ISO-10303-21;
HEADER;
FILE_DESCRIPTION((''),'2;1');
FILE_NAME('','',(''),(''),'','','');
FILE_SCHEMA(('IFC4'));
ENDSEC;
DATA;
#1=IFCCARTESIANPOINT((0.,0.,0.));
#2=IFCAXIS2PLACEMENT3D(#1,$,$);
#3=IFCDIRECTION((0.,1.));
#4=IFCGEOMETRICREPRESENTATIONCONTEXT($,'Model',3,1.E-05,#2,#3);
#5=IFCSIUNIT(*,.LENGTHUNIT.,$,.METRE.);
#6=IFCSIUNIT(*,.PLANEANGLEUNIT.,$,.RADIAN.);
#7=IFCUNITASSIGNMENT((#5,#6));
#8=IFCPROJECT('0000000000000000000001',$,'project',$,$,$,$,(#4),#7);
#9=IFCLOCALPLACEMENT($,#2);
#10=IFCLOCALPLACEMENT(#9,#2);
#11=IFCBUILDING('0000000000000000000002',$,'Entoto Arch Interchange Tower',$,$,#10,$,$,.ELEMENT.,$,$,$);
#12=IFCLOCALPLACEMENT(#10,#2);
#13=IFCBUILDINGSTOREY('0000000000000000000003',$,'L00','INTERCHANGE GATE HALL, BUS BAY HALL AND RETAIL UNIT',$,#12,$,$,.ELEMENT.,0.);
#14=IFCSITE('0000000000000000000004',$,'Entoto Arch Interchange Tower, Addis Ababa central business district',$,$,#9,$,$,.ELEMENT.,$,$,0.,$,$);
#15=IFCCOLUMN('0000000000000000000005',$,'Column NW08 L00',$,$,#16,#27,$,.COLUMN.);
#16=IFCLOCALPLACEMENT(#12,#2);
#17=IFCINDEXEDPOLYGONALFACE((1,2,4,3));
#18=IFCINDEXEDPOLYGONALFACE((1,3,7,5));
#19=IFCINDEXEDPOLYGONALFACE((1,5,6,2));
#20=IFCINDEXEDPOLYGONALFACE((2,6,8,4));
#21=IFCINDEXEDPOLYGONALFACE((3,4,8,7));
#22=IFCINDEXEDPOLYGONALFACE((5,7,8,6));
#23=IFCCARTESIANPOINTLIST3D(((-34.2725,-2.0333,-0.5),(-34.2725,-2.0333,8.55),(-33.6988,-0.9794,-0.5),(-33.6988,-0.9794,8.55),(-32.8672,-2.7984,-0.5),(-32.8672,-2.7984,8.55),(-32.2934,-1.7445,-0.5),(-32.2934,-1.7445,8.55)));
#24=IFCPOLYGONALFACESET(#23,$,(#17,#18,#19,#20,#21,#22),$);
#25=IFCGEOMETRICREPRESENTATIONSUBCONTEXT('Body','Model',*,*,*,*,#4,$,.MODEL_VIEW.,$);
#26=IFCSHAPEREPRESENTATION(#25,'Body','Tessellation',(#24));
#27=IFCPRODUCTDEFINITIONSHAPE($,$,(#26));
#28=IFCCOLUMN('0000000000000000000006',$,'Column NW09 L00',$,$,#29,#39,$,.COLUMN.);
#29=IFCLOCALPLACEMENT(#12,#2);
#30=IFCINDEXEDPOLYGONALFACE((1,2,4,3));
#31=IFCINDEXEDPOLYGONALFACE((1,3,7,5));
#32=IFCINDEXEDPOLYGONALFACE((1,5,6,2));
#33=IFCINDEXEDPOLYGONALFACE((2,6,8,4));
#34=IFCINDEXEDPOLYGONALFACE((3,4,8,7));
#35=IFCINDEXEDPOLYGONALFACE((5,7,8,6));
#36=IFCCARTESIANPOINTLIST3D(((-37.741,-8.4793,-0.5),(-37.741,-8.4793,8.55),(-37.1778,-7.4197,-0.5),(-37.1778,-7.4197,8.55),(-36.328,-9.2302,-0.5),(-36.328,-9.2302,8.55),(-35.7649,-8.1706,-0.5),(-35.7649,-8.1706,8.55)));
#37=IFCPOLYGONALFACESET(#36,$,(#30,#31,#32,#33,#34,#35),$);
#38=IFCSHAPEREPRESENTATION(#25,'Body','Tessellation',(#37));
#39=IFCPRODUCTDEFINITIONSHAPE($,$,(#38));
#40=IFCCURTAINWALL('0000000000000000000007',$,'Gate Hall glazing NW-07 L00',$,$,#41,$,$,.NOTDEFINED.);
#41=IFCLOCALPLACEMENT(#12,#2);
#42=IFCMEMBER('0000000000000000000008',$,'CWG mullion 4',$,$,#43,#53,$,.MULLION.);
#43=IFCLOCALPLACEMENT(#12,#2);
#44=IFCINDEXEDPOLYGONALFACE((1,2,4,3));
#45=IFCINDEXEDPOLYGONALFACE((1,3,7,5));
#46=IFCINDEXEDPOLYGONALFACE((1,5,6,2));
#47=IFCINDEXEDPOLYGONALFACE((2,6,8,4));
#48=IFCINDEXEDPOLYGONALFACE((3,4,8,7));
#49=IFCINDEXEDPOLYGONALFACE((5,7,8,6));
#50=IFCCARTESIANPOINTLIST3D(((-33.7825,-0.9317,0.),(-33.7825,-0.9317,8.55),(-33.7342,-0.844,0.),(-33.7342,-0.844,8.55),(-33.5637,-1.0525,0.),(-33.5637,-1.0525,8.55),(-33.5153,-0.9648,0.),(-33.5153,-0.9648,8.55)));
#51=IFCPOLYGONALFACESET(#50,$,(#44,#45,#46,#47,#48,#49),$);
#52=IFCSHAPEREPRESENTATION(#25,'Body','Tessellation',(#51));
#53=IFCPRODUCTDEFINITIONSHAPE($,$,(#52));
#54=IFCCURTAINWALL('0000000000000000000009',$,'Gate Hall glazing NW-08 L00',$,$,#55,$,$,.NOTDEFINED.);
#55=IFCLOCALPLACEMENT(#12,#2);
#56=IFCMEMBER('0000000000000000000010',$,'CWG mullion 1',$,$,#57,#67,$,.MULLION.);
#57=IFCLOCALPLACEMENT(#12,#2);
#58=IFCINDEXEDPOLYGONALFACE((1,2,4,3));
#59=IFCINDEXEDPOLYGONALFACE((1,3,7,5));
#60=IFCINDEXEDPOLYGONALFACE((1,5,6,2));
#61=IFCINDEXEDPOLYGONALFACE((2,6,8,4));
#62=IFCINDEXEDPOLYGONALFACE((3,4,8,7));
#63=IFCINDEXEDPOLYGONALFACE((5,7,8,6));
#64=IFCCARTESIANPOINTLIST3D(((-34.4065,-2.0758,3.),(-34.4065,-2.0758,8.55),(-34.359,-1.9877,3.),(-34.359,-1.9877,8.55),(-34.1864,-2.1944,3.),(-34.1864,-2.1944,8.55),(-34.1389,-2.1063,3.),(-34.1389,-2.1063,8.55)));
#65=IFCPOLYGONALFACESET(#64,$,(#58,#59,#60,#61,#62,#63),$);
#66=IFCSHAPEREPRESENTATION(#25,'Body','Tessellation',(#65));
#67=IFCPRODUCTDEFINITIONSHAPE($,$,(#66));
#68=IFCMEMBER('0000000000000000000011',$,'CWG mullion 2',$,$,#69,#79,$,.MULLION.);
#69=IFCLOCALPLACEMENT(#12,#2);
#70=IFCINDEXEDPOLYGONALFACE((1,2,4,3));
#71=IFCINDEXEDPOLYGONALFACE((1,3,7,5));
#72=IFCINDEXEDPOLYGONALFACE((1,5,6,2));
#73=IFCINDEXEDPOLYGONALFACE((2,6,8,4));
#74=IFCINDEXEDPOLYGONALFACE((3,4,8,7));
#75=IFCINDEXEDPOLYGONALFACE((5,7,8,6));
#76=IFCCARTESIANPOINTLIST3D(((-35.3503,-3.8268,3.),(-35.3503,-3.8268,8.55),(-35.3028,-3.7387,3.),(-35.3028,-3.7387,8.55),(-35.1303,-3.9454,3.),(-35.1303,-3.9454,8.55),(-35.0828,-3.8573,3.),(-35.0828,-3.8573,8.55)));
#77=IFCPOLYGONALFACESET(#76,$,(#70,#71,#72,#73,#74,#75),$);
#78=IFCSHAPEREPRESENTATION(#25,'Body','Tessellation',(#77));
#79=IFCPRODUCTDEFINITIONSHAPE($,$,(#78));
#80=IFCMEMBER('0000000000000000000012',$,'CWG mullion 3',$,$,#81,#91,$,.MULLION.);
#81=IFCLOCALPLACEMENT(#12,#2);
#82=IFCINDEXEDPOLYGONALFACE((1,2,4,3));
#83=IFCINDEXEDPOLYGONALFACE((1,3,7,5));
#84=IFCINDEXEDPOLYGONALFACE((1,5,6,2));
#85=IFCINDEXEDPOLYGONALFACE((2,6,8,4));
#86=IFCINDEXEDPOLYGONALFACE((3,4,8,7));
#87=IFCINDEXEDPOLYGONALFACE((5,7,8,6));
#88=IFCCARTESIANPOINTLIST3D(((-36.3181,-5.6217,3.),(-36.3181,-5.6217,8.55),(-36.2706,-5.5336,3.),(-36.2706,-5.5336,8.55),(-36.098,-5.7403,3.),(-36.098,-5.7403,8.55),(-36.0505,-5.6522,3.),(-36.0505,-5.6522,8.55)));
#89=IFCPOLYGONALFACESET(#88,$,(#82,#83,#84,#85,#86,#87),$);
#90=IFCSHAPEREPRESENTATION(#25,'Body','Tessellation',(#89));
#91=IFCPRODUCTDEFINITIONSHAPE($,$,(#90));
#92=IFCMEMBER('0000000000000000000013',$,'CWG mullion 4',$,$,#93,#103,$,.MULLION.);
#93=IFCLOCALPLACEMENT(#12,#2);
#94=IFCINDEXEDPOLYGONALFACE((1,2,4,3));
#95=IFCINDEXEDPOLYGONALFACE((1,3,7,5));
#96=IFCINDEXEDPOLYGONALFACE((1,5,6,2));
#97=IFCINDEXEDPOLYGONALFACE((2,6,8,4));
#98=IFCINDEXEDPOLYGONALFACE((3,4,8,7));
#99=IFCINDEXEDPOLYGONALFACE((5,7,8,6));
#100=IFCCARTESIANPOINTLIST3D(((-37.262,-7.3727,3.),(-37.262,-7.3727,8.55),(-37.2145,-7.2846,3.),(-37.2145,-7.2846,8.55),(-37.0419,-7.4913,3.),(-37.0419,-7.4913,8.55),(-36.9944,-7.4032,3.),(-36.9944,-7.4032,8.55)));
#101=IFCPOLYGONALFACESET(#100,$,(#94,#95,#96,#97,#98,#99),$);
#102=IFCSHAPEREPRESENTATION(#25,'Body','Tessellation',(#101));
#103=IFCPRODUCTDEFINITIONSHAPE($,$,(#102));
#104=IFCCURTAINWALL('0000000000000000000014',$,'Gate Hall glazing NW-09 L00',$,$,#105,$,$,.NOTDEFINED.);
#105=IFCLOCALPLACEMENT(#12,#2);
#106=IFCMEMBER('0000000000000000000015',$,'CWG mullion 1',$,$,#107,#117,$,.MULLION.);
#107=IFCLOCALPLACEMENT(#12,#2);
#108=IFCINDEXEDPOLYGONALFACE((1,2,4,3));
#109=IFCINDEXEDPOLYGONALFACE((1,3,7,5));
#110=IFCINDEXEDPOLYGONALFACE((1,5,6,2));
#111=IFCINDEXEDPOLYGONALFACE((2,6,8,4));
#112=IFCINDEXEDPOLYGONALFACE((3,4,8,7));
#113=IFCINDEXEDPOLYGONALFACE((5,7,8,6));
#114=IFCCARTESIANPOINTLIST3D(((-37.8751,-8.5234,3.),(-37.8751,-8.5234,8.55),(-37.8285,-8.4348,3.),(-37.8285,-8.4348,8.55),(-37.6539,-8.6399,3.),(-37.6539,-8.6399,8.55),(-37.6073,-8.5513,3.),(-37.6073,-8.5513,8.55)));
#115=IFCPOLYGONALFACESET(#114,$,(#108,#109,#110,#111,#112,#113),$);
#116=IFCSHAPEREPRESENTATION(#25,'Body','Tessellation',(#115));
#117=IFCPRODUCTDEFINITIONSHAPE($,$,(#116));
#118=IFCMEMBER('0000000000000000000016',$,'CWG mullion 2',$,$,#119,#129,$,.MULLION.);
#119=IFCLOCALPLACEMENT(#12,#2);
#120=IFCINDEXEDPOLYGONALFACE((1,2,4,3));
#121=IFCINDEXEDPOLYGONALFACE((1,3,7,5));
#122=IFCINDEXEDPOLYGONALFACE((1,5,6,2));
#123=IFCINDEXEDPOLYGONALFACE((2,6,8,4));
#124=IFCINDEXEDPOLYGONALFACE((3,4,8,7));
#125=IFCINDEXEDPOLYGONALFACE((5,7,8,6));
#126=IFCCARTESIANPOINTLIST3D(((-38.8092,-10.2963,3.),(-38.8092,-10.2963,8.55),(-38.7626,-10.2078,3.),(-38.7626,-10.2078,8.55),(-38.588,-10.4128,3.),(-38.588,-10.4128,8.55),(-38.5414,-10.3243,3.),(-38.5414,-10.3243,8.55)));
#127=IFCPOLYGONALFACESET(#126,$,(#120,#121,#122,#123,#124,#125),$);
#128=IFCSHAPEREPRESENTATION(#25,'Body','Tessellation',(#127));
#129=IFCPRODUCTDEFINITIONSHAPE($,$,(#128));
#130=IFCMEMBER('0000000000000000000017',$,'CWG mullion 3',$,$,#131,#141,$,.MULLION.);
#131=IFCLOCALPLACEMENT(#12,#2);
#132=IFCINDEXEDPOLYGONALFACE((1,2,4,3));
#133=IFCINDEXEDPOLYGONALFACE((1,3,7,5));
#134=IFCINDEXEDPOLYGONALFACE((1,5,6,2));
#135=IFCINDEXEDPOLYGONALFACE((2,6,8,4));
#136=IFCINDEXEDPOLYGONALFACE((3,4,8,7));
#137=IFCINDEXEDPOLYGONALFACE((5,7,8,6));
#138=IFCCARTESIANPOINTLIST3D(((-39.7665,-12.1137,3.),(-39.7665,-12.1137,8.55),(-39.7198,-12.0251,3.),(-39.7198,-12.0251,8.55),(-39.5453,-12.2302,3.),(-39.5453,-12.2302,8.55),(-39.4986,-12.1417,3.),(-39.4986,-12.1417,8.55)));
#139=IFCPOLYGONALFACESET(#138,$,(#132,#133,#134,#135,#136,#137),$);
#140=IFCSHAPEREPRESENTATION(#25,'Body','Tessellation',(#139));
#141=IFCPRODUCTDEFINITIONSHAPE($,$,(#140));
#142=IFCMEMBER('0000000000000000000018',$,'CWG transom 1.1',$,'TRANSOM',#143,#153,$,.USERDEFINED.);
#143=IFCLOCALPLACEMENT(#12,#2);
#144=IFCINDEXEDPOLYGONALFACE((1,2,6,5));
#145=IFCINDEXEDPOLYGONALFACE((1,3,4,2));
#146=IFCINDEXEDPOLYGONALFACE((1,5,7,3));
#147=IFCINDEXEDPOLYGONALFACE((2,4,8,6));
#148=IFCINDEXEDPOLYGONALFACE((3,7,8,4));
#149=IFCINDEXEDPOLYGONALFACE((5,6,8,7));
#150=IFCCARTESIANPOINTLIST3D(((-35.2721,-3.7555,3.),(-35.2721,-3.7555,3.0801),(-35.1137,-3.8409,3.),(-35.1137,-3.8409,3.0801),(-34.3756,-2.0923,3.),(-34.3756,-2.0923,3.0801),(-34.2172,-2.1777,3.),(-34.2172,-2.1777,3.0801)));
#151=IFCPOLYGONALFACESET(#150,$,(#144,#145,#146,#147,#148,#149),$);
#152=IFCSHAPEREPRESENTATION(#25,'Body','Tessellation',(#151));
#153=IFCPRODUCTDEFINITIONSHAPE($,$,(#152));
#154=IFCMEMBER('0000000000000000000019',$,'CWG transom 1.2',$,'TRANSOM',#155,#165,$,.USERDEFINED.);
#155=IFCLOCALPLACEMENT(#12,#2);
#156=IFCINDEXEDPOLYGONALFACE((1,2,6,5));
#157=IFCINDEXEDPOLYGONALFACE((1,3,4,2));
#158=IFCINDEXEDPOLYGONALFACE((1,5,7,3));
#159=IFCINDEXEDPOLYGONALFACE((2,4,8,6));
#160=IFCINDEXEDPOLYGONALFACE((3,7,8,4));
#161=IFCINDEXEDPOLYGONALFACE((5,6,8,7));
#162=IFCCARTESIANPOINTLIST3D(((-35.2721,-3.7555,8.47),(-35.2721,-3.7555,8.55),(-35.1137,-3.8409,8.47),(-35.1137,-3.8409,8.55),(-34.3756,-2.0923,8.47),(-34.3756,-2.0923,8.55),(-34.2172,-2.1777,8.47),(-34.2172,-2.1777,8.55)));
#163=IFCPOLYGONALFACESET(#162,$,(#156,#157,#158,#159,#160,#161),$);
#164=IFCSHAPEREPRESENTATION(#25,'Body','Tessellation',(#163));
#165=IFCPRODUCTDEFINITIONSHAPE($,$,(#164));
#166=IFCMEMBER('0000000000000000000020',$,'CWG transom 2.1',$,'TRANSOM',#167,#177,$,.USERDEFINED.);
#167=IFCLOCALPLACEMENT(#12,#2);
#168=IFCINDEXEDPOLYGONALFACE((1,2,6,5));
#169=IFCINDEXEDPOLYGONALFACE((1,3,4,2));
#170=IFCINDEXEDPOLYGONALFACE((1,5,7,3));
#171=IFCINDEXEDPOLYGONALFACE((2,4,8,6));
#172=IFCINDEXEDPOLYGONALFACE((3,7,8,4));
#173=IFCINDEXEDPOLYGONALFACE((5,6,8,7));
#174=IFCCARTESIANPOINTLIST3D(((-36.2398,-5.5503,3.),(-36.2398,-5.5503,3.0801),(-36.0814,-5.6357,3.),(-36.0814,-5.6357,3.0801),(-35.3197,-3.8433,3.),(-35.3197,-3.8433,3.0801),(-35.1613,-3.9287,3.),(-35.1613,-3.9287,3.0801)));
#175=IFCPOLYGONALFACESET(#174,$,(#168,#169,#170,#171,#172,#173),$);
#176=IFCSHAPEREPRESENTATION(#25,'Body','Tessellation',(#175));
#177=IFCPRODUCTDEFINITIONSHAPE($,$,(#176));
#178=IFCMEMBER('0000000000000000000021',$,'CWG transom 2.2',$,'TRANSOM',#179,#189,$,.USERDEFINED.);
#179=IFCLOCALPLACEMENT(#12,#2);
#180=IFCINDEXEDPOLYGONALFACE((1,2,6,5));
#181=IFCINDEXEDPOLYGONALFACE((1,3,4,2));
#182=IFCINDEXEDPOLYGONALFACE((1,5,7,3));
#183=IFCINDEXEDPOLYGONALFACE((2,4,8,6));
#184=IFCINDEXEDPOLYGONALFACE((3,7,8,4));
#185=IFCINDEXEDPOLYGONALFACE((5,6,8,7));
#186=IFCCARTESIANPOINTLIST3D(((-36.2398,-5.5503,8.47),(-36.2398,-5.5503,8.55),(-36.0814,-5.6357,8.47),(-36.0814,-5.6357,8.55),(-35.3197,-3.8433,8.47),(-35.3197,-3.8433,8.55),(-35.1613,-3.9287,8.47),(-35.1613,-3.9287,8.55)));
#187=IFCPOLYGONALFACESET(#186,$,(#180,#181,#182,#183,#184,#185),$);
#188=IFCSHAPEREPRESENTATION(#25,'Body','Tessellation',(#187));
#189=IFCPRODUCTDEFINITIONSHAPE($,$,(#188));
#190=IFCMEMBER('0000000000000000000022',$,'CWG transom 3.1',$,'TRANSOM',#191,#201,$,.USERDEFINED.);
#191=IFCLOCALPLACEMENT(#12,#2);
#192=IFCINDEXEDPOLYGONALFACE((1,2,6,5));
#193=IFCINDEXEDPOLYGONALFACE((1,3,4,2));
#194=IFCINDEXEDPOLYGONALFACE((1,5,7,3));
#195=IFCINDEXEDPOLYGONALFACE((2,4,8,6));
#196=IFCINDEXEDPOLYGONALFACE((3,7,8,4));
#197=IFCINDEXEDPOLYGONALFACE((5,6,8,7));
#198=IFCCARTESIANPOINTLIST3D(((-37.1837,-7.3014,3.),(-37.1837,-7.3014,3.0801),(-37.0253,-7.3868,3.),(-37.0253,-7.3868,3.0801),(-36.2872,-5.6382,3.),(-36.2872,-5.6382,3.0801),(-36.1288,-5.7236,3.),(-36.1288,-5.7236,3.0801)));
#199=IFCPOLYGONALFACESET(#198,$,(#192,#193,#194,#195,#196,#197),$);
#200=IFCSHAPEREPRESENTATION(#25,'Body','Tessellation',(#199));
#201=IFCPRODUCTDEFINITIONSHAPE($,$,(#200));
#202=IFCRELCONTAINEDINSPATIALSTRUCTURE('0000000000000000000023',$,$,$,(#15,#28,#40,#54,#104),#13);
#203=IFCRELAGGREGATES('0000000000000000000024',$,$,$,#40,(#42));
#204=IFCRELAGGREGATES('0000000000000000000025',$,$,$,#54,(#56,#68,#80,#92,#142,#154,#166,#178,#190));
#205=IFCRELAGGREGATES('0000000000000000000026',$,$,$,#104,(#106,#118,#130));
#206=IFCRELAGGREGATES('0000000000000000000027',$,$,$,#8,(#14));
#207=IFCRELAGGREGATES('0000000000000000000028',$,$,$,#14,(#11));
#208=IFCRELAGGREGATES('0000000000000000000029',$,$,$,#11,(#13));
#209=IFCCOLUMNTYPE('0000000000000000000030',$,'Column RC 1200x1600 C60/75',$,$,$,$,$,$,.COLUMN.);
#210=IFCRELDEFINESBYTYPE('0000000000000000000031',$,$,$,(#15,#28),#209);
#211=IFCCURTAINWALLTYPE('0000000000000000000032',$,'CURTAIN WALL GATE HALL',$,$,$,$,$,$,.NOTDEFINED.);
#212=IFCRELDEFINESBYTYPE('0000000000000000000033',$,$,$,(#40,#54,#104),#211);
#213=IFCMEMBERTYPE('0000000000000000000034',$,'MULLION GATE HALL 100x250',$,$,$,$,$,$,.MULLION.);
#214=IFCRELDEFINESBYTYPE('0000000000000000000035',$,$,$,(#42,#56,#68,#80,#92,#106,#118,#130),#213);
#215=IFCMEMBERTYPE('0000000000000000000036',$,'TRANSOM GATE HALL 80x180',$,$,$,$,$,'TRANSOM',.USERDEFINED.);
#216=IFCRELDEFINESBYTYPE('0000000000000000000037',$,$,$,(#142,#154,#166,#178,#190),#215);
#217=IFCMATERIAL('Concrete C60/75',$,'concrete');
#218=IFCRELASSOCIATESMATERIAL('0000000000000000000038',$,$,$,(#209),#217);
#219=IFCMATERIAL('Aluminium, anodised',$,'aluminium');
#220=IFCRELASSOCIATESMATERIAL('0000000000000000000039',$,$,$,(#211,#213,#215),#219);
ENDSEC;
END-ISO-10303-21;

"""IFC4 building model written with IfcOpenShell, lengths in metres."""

from ifc_helpers import new_model, si_unit, direction, frame, origin, origin_2d, place, context, subcontext, project, spatial, rectangle, extrude, material, material_profile, profile_set, type_object, element, aggregate, save


model = new_model("IFC4")

# Units and contexts
model_context = context("Model", 3, precision=1e-05, world=origin(), true_north=direction((0.0, 1.0)))
body_context = subcontext(model_context, "Body", "Model", "MODEL_VIEW")
ifc_project = project(units=[si_unit("LENGTHUNIT", "METRE"), si_unit("PLANEANGLEUNIT", "RADIAN")], contexts=[model_context])

# Site, building, storey
site_placement = place(None, origin())
site = spatial("IfcSite", under=ifc_project, at=site_placement, Name="Entoto Arch Interchange Tower, Addis Ababa central business district", CompositionType="ELEMENT", RefElevation=0.0)
building_placement = place(site_placement, origin())
building = spatial("IfcBuilding", under=site, at=building_placement, Name="Entoto Arch Interchange Tower", CompositionType="ELEMENT")
storey_placement = place(building_placement, origin())
storey = spatial("IfcBuildingStorey", under=building, at=storey_placement, Name="L00", Description="INTERCHANGE GATE HALL, BUS BAY HALL AND RETAIL UNIT", CompositionType="ELEMENT", Elevation=0.0)

# Columns
ifc_material_1 = material(Name="Concrete C60/75", Category="concrete")
ifc_material_profile_1 = material_profile(ifc_material_1, rectangle(XDim=1.2, YDim=1.6001, at=origin_2d()))
ifc_profile_set_1 = profile_set([ifc_material_profile_1], Name="Concrete C60/75")
column_type = type_object("IfcColumnType", Name="Column RC 1200x1600 C60/75", PredefinedType="COLUMN", material=ifc_profile_set_1)
for number, where, z_axis, x_axis, name in (
    (1, (-33.283, -1.8889, -0.5), (0.0, 0.0, 1.0), (0.47814, 0.878284, 0.0), "Column NW08 L00"),
    (2, (-36.7529, -8.325, -0.5), (0.0, 0.0, 1.0), (0.469317, 0.88303, 0.0), "Column NW09 L00"),
):
    element("IfcColumn", number, at=place(storey_placement, frame(where, z_axis=z_axis, x_axis=x_axis)), inside=storey, type_object=column_type, Name=name, PredefinedType="COLUMN", context=body_context, shape_type="SweptSolid", body=[
        extrude(rectangle(XDim=1.2, YDim=1.6001, at=origin_2d()), origin(), (0.0, 0.0, 1.0), 9.05),
    ])

# Curtain wall, member
ifc_material_2 = material(Name="Aluminium, anodised", Category="aluminium")
curtain_wall_type = type_object("IfcCurtainWallType", Name="CURTAIN WALL GATE HALL", PredefinedType="NOTDEFINED", material=ifc_material_2)
curtain_wall_1_placement = place(storey_placement, origin())
curtain_wall_1 = element("IfcCurtainWall", 3, at=curtain_wall_1_placement, inside=storey, type_object=curtain_wall_type, Name="Gate Hall glazing NW-07 L00", PredefinedType="NOTDEFINED")
ifc_material_profile_2 = material_profile(ifc_material_2, rectangle(XDim=0.25, YDim=0.1001, at=origin_2d()))
ifc_profile_set_2 = profile_set([ifc_material_profile_2], Name="Aluminium, anodised")
member_type_1 = type_object("IfcMemberType", Name="MULLION GATE HALL 100x250", PredefinedType="MULLION", material=ifc_profile_set_2)
member_1_placement = place(storey_placement, frame((-33.6489, -0.9482, 0.0), z_axis=(0.0, 0.0, 1.0), x_axis=(0.875473, -0.483267, 0.0)))
member_1 = element("IfcMember", 4, at=member_1_placement, type_object=member_type_1, Name="CWG mullion 4", PredefinedType="MULLION", context=body_context, shape_type="SweptSolid", body=[
    extrude(rectangle(XDim=0.25, YDim=0.1001, at=origin_2d()), origin(), (0.0, 0.0, 1.0), 8.55),
])

# Curtain walls, members
curtain_wall_2_placement = place(storey_placement, origin())
curtain_wall_2 = element("IfcCurtainWall", 5, at=curtain_wall_2_placement, inside=storey, type_object=curtain_wall_type, Name="Gate Hall glazing NW-08 L00", PredefinedType="NOTDEFINED")
member_2_placement = place(storey_placement, frame((-34.2727, -2.0911, 3.0), z_axis=(0.0, 0.0, 1.0), x_axis=(0.88024, -0.474529, 0.0)))
member_2 = element("IfcMember", 6, at=member_2_placement, type_object=member_type_1, Name="CWG mullion 1", PredefinedType="MULLION", context=body_context, shape_type="SweptSolid", body=[
    extrude(rectangle(XDim=0.25, YDim=0.1001, at=origin_2d()), origin(), (0.0, 0.0, 1.0), 5.55),
])
member_3_placement = place(storey_placement, frame((-35.2166, -3.842, 3.0), z_axis=(0.0, 0.0, 1.0), x_axis=(0.88024, -0.474529, 0.0)))
member_3 = element("IfcMember", 7, at=member_3_placement, type_object=member_type_1, Name="CWG mullion 2", PredefinedType="MULLION", context=body_context, shape_type="SweptSolid", body=[
    extrude(rectangle(XDim=0.25, YDim=0.1001, at=origin_2d()), origin(), (0.0, 0.0, 1.0), 5.55),
])
member_4_placement = place(storey_placement, frame((-36.1843, -5.637, 3.0), z_axis=(0.0, 0.0, 1.0), x_axis=(0.88024, -0.474529, 0.0)))
member_4 = element("IfcMember", 8, at=member_4_placement, type_object=member_type_1, Name="CWG mullion 3", PredefinedType="MULLION", context=body_context, shape_type="SweptSolid", body=[
    extrude(rectangle(XDim=0.25, YDim=0.1001, at=origin_2d()), origin(), (0.0, 0.0, 1.0), 5.55),
])
member_5_placement = place(storey_placement, frame((-37.1282, -7.3879, 3.0), z_axis=(0.0, 0.0, 1.0), x_axis=(0.88024, -0.474529, 0.0)))
member_5 = element("IfcMember", 9, at=member_5_placement, type_object=member_type_1, Name="CWG mullion 4", PredefinedType="MULLION", context=body_context, shape_type="SweptSolid", body=[
    extrude(rectangle(XDim=0.25, YDim=0.1001, at=origin_2d()), origin(), (0.0, 0.0, 1.0), 5.55),
])
curtain_wall_3_placement = place(storey_placement, origin())
curtain_wall_3 = element("IfcCurtainWall", 10, at=curtain_wall_3_placement, inside=storey, type_object=curtain_wall_type, Name="Gate Hall glazing NW-09 L00", PredefinedType="NOTDEFINED")
member_6_placement = place(storey_placement, frame((-37.7412, -8.5374, 3.0), z_axis=(0.0, 0.0, 1.0), x_axis=(0.884749, -0.466067, 0.0)))
member_6 = element("IfcMember", 11, at=member_6_placement, type_object=member_type_1, Name="CWG mullion 1", PredefinedType="MULLION", context=body_context, shape_type="SweptSolid", body=[
    extrude(rectangle(XDim=0.25, YDim=0.1001, at=origin_2d()), origin(), (0.0, 0.0, 1.0), 5.55),
])
member_7_placement = place(storey_placement, frame((-38.6753, -10.3103, 3.0), z_axis=(0.0, 0.0, 1.0), x_axis=(0.884749, -0.466067, 0.0)))
member_7 = element("IfcMember", 12, at=member_7_placement, type_object=member_type_1, Name="CWG mullion 2", PredefinedType="MULLION", context=body_context, shape_type="SweptSolid", body=[
    extrude(rectangle(XDim=0.25, YDim=0.1001, at=origin_2d()), origin(), (0.0, 0.0, 1.0), 5.55),
])
member_8_placement = place(storey_placement, frame((-39.6326, -12.1277, 3.0), z_axis=(0.0, 0.0, 1.0), x_axis=(0.884749, -0.466067, 0.0)))
member_8 = element("IfcMember", 13, at=member_8_placement, type_object=member_type_1, Name="CWG mullion 3", PredefinedType="MULLION", context=body_context, shape_type="SweptSolid", body=[
    extrude(rectangle(XDim=0.25, YDim=0.1001, at=origin_2d()), origin(), (0.0, 0.0, 1.0), 5.55),
])

# Members
ifc_material_profile_3 = material_profile(ifc_material_2, rectangle(XDim=0.1799, YDim=0.0801, at=origin_2d()))
ifc_profile_set_3 = profile_set([ifc_material_profile_3], Name="Aluminium, anodised")
member_type_2 = type_object("IfcMemberType", Name="TRANSOM GATE HALL 80x180", ElementType="TRANSOM", PredefinedType="USERDEFINED", material=ifc_profile_set_3)
member_9_placement = place(storey_placement, frame((-34.2964, -2.135, 3.04), z_axis=(-0.4745, -0.880255, 0.0), x_axis=(0.880255, -0.4745, 0.0)))
member_9 = element("IfcMember", 14, at=member_9_placement, type_object=member_type_2, Name="CWG transom 1.1", ObjectType="TRANSOM", PredefinedType="USERDEFINED", context=body_context, shape_type="SweptSolid", body=[
    extrude(rectangle(XDim=0.1799, YDim=0.0801, at=origin_2d()), origin(), (0.0, 0.0, 1.0), 1.8894),
])
member_10_placement = place(storey_placement, frame((-34.2964, -2.135, 8.51), z_axis=(-0.4745, -0.880255, 0.0), x_axis=(0.880255, -0.4745, 0.0)))
member_10 = element("IfcMember", 15, at=member_10_placement, type_object=member_type_2, Name="CWG transom 1.2", ObjectType="TRANSOM", PredefinedType="USERDEFINED", context=body_context, shape_type="SweptSolid", body=[
    extrude(rectangle(XDim=0.1799, YDim=0.0801, at=origin_2d()), origin(), (0.0, 0.0, 1.0), 1.8894),
])
member_11_placement = place(storey_placement, frame((-35.2405, -3.886, 3.04), z_axis=(-0.474498, -0.880257, 0.0), x_axis=(0.880257, -0.474498, 0.0)))
member_11 = element("IfcMember", 16, at=member_11_placement, type_object=member_type_2, Name="CWG transom 2.1", ObjectType="TRANSOM", PredefinedType="USERDEFINED", context=body_context, shape_type="SweptSolid", body=[
    extrude(rectangle(XDim=0.1799, YDim=0.0801, at=origin_2d()), origin(), (0.0, 0.0, 1.0), 1.9392),
])
member_12_placement = place(storey_placement, frame((-35.2405, -3.886, 8.51), z_axis=(-0.474498, -0.880257, 0.0), x_axis=(0.880257, -0.474498, 0.0)))
member_12 = element("IfcMember", 17, at=member_12_placement, type_object=member_type_2, Name="CWG transom 2.2", ObjectType="TRANSOM", PredefinedType="USERDEFINED", context=body_context, shape_type="SweptSolid", body=[
    extrude(rectangle(XDim=0.1799, YDim=0.0801, at=origin_2d()), origin(), (0.0, 0.0, 1.0), 1.9392),
])
member_13_placement = place(storey_placement, frame((-36.208, -5.6809, 3.04), z_axis=(-0.4745, -0.880255, 0.0), x_axis=(0.880255, -0.4745, 0.0)))
member_13 = element("IfcMember", 18, at=member_13_placement, type_object=member_type_2, Name="CWG transom 3.1", ObjectType="TRANSOM", PredefinedType="USERDEFINED", context=body_context, shape_type="SweptSolid", body=[
    extrude(rectangle(XDim=0.1799, YDim=0.0801, at=origin_2d()), origin(), (0.0, 0.0, 1.0), 1.8894),
])

aggregate(curtain_wall_1, [member_1])
aggregate(curtain_wall_2, [member_2, member_3, member_4, member_5, member_9, member_10, member_11, member_12, member_13])
aggregate(curtain_wall_3, [member_6, member_7, member_8])

save(model, "model.ifc")
